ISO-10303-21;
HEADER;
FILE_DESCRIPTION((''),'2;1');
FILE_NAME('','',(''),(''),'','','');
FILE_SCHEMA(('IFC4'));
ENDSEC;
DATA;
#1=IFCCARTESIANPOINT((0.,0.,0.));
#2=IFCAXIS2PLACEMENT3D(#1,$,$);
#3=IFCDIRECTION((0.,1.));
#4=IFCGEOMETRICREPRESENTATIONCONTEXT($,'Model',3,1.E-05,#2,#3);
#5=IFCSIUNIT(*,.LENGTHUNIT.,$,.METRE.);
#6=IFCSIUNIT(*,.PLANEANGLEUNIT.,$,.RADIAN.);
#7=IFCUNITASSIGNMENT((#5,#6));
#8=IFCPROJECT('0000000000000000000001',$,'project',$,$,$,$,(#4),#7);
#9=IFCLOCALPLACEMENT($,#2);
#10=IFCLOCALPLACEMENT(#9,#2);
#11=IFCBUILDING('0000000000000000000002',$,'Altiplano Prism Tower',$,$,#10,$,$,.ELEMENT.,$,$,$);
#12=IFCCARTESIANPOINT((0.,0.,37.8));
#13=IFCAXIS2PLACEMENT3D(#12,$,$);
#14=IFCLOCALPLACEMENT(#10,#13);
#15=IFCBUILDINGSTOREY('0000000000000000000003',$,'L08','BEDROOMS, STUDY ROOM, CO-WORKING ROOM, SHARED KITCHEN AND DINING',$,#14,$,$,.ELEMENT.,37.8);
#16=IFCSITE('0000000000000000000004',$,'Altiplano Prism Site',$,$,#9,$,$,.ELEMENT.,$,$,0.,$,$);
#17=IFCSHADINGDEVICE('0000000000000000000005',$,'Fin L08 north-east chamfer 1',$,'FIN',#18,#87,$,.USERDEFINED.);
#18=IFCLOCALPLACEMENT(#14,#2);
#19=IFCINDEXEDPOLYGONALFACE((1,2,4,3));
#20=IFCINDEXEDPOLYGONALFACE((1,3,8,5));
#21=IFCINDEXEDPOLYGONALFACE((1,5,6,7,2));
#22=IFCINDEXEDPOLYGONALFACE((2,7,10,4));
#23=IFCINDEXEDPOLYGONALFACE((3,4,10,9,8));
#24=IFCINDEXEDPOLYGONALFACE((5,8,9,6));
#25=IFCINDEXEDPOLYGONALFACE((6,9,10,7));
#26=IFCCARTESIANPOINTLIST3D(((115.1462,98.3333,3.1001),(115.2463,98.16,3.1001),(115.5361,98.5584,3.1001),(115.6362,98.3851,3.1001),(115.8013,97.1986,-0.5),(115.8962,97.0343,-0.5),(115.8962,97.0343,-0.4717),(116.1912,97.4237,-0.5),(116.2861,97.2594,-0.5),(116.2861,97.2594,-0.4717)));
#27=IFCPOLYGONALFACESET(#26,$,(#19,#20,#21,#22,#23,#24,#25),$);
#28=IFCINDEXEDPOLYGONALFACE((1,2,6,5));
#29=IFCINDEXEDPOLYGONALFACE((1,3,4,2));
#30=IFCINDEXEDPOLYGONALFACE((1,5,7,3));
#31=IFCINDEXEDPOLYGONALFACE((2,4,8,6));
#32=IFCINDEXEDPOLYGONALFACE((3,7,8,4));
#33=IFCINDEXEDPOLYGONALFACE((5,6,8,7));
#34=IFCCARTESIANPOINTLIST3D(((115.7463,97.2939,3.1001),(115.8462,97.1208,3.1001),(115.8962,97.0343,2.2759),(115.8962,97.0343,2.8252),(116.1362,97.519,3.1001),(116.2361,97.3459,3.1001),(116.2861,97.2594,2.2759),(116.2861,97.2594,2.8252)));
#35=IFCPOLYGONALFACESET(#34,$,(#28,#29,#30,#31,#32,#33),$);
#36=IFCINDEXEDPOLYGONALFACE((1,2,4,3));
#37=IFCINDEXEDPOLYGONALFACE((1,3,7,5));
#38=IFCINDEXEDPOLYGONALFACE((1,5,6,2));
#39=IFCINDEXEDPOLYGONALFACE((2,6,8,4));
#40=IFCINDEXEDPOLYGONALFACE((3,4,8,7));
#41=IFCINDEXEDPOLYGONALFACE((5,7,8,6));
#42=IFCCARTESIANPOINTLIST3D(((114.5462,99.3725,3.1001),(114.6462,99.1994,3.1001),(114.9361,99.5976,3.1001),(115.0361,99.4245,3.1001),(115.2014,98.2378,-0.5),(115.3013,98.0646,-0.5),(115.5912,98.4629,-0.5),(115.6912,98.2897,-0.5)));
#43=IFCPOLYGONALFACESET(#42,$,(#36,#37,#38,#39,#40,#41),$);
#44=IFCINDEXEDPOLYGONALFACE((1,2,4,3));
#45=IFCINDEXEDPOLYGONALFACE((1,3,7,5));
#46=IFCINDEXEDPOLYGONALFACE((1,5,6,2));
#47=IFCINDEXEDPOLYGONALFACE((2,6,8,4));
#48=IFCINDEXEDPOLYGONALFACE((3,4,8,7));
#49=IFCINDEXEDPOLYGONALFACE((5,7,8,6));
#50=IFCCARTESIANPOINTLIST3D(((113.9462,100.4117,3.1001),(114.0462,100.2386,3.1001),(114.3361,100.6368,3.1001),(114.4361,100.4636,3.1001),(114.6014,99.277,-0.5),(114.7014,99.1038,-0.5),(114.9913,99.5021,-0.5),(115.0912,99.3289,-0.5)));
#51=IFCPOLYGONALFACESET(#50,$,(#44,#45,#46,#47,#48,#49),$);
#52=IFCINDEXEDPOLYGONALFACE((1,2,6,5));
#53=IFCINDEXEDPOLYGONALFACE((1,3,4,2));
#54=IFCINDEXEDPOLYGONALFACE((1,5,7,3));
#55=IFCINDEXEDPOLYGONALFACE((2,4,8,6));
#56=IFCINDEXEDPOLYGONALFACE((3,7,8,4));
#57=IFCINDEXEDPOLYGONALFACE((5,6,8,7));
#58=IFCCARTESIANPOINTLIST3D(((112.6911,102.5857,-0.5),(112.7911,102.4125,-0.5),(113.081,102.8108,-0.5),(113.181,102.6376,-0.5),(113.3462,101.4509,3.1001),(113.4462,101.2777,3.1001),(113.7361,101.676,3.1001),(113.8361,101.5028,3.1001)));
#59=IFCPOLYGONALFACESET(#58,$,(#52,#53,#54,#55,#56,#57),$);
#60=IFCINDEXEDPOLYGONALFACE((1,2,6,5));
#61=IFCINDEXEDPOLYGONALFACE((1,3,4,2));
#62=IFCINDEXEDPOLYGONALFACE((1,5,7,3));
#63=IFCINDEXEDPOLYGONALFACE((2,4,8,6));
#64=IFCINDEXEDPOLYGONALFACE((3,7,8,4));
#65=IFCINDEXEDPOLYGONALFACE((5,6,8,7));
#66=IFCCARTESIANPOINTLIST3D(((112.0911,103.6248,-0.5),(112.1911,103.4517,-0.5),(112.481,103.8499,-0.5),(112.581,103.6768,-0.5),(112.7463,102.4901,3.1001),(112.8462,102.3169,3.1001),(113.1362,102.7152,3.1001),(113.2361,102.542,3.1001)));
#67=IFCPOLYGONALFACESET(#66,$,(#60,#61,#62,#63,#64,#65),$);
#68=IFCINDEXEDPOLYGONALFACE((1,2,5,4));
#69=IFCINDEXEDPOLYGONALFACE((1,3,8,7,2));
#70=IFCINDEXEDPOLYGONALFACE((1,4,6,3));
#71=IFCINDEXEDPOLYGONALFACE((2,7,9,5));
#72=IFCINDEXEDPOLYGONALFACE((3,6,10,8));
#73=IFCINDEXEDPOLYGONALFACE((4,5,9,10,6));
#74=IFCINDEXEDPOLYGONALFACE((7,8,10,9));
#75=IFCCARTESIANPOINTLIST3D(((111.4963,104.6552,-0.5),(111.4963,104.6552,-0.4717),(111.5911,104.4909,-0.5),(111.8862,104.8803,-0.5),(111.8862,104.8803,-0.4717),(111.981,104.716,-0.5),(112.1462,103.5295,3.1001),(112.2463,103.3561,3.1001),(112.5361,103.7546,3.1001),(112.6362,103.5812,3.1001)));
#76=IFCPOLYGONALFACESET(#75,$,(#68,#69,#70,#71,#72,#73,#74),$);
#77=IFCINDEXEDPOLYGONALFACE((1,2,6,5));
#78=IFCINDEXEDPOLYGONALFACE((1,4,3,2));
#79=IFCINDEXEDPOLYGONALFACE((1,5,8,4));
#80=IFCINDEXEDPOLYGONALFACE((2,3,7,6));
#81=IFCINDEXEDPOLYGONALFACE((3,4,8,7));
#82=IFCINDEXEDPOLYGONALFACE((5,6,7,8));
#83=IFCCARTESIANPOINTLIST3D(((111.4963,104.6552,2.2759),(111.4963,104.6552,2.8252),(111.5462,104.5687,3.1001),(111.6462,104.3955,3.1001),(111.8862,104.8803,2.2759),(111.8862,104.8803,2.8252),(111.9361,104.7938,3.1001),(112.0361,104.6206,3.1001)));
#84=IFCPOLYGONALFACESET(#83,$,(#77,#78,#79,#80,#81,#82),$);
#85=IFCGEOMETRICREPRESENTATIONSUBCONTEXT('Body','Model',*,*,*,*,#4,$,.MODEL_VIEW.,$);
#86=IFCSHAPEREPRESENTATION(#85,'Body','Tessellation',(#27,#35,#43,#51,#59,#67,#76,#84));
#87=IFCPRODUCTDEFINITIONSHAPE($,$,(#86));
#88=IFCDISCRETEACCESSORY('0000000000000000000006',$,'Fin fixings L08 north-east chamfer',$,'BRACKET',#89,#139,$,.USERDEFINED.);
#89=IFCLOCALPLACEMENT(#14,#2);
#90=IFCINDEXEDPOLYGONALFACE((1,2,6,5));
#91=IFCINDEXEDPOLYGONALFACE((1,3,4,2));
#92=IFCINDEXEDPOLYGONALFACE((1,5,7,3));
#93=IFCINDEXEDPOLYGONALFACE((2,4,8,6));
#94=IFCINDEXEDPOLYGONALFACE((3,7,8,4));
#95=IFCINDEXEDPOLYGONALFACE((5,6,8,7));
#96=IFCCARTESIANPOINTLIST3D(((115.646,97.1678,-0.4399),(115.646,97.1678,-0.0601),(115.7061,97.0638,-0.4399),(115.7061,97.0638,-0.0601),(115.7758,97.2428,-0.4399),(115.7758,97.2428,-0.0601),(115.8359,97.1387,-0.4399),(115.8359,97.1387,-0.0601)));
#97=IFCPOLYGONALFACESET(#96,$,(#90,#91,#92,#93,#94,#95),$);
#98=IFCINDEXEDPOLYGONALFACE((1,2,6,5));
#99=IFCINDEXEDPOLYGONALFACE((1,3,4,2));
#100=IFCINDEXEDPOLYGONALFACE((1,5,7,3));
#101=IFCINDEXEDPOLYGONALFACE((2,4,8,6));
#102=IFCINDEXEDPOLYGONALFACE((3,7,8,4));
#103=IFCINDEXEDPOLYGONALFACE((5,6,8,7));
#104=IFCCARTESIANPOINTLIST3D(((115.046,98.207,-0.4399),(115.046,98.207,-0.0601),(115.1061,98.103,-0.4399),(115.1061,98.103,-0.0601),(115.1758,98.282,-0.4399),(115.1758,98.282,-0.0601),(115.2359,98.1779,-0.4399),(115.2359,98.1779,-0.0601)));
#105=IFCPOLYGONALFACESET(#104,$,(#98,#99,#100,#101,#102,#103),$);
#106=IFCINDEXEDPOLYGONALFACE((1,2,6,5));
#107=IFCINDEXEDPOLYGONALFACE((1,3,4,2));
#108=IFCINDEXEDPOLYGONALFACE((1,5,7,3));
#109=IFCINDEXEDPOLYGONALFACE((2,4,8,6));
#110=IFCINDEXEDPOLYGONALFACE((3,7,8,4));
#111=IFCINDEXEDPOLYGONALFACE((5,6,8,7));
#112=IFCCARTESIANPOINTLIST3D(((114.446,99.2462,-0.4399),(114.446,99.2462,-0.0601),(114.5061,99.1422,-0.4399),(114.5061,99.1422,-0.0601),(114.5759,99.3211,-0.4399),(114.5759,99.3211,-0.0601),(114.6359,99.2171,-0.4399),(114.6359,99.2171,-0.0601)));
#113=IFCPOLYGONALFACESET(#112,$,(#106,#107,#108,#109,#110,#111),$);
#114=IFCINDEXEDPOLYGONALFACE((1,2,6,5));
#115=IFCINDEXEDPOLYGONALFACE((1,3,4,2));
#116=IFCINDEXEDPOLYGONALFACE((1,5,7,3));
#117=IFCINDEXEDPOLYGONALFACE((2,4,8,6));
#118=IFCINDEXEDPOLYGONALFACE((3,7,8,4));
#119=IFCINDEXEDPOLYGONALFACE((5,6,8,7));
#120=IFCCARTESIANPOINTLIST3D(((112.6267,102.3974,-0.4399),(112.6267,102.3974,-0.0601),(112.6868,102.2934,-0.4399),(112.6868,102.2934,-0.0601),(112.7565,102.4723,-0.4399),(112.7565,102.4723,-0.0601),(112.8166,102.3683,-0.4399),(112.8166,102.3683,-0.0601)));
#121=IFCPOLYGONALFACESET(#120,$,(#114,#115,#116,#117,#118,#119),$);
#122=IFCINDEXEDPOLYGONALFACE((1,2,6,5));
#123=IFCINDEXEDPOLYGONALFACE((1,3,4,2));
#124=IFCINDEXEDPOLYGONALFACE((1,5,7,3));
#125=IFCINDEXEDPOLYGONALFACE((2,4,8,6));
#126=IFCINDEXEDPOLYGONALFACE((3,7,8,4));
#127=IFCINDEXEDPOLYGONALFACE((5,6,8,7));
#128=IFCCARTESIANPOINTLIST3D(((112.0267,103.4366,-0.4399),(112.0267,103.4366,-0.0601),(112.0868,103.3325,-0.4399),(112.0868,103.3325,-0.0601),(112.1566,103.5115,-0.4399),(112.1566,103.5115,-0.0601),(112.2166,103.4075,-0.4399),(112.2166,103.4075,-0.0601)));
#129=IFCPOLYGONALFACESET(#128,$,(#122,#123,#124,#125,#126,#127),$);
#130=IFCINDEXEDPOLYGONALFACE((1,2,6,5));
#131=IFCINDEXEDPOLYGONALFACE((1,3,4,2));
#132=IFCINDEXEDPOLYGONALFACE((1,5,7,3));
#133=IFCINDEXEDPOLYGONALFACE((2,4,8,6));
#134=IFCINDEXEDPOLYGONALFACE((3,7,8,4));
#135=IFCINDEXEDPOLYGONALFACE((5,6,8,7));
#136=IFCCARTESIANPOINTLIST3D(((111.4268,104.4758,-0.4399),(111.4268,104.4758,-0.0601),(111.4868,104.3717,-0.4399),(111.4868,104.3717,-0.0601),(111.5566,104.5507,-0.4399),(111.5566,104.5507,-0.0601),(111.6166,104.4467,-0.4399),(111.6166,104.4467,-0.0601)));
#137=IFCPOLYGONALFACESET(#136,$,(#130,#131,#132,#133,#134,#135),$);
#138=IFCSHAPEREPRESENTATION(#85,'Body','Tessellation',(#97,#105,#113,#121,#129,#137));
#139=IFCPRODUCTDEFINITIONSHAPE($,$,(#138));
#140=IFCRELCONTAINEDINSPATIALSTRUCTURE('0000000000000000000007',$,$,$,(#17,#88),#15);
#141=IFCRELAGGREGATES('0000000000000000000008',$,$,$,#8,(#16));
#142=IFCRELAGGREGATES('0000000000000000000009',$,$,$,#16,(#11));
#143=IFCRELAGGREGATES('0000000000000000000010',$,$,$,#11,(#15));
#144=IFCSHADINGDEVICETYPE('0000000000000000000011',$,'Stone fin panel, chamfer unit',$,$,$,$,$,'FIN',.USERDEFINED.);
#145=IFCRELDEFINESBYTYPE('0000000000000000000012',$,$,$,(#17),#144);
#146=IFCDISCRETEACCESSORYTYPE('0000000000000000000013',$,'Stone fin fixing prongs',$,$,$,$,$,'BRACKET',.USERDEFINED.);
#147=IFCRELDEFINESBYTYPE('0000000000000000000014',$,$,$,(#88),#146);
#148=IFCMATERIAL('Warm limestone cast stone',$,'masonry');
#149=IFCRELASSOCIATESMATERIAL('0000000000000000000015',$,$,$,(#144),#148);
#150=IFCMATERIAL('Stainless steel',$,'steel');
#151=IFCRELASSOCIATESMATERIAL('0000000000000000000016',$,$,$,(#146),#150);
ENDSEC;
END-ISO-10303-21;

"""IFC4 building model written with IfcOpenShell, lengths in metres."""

from ifc_helpers import new_model, si_unit, direction, frame, origin, place, context, subcontext, project, spatial, polyline, outline, extrude, source, transform, mapped, material, type_object, element, save


model = new_model("IFC4")

# Units and contexts
model_context = context("Model", 3, precision=1e-05, world=origin(), true_north=direction((0.0, 1.0)))
body_context = subcontext(model_context, "Body", "Model", "MODEL_VIEW")
ifc_project = project(units=[si_unit("LENGTHUNIT", "METRE"), si_unit("PLANEANGLEUNIT", "RADIAN")], contexts=[model_context])

# Site, building, storey
site_placement = place(None, origin())
site = spatial("IfcSite", under=ifc_project, at=site_placement, Name="Altiplano Prism Site", CompositionType="ELEMENT", RefElevation=0.0)
building_placement = place(site_placement, origin())
building = spatial("IfcBuilding", under=site, at=building_placement, Name="Altiplano Prism Tower", CompositionType="ELEMENT")
storey_placement = place(building_placement, frame((0.0, 0.0, 37.8)))
storey = spatial("IfcBuildingStorey", under=building, at=storey_placement, Name="L08", Description="BEDROOMS, STUDY ROOM, CO-WORKING ROOM, SHARED KITCHEN AND DINING", CompositionType="ELEMENT", Elevation=37.8)

# Shading device
ifc_material_1 = material(Name="Warm limestone cast stone", Category="masonry")
shading_device_type_1 = type_object("IfcShadingDeviceType", Name="Stone fin panel, chamfer unit", ElementType="FIN", PredefinedType="USERDEFINED", material=ifc_material_1)
shared_shape_1 = source(origin(), body_context, "Body", "SweptSolid", [
    extrude(outline(polyline([(-4.3999, 0.0), (-4.2102, 0.0), (-2.8999, 3.6001), (-3.1001, 3.6001), (-4.3999, 0.0283), (-4.3999, 0.0)])), frame((0.0, -0.1499, 0.0), z_axis=(0.0, -1.0, 0.0), x_axis=(1.0, 0.0, 0.0)), (0.0, 0.0, 1.0), 0.4502),
    extrude(outline(polyline([(-4.3999, 2.7759), (-4.1001, 3.6001), (-4.3, 3.6001), (-4.3999, 3.3252), (-4.3999, 2.7759)])), frame((0.0, -0.1499, 0.0), z_axis=(0.0, -1.0, 0.0), x_axis=(1.0, 0.0, 0.0)), (0.0, 0.0, 1.0), 0.4502),
    extrude(outline(polyline([(-3.2102, 0.0), (-3.0103, 0.0), (-1.7, 3.6001), (-1.8999, 3.6001), (-3.2102, 0.0)])), frame((0.0, -0.1499, 0.0), z_axis=(0.0, -1.0, 0.0), x_axis=(1.0, 0.0, 0.0)), (0.0, 0.0, 1.0), 0.4502),
    extrude(outline(polyline([(-2.0103, 0.0), (-1.8103, 0.0), (-0.5, 3.6001), (-0.7, 3.6001), (-2.0103, 0.0)])), frame((0.0, -0.1499, 0.0), z_axis=(0.0, -1.0, 0.0), x_axis=(1.0, 0.0, 0.0)), (0.0, 0.0, 1.0), 0.4502),
    extrude(outline(polyline([(1.8103, 0.0), (2.0103, 0.0), (0.7, 3.6001), (0.5, 3.6001), (1.8103, 0.0)])), frame((0.0, -0.1499, 0.0), z_axis=(0.0, -1.0, 0.0), x_axis=(1.0, 0.0, 0.0)), (0.0, 0.0, 1.0), 0.4502),
    extrude(outline(polyline([(3.0103, 0.0), (3.2102, 0.0), (1.8999, 3.6001), (1.7, 3.6001), (3.0103, 0.0)])), frame((0.0, -0.1499, 0.0), z_axis=(0.0, -1.0, 0.0), x_axis=(1.0, 0.0, 0.0)), (0.0, 0.0, 1.0), 0.4502),
    extrude(outline(polyline([(4.2102, 0.0), (4.3999, 0.0), (4.3999, 0.0283), (3.1001, 3.6001), (2.8999, 3.6001), (4.2102, 0.0)])), frame((0.0, -0.1499, 0.0), z_axis=(0.0, -1.0, 0.0), x_axis=(1.0, 0.0, 0.0)), (0.0, 0.0, 1.0), 0.4502),
    extrude(outline(polyline([(4.3999, 3.3252), (4.3, 3.6001), (4.1001, 3.6001), (4.3999, 2.7759), (4.3999, 3.3252)])), frame((0.0, -0.1499, 0.0), z_axis=(0.0, -1.0, 0.0), x_axis=(1.0, 0.0, 0.0)), (0.0, 0.0, 1.0), 0.4502),
])
shading_device_1_placement = place(storey_placement, origin())
element("IfcShadingDevice", 1, at=shading_device_1_placement, inside=storey, type_object=shading_device_type_1, Name="Fin L08 north-east chamfer 1", ObjectType="FIN", PredefinedType="USERDEFINED", context=body_context, shape_type="MappedRepresentation", body=[
    mapped(shared_shape_1, transform((113.5664, 100.7698, -0.5), x_axis=(-0.5, 0.866025, 0.0), y_axis=(-0.866025, -0.5, 0.0), z_axis=(0.0, 0.0, 1.0))),
])

# Discrete accessory
ifc_material_2 = material(Name="Stainless steel", Category="steel")
discrete_accessory_type = type_object("IfcDiscreteAccessoryType", Name="Stone fin fixing prongs", ElementType="BRACKET", PredefinedType="USERDEFINED", material=ifc_material_2)
shared_shape_2 = source(origin(), body_context, "Body", "SweptSolid", [
    extrude(outline(polyline([(-4.2793, 0.0601), (-4.1592, 0.0601), (-4.1592, 0.4399), (-4.2793, 0.4399), (-4.2793, 0.0601)])), frame((0.0, 0.0, 0.0), z_axis=(0.0, -1.0, 0.0), x_axis=(1.0, 0.0, 0.0)), (0.0, 0.0, 1.0), 0.1499),
    extrude(outline(polyline([(-3.0793, 0.0601), (-2.9592, 0.0601), (-2.9592, 0.4399), (-3.0793, 0.4399), (-3.0793, 0.0601)])), frame((0.0, 0.0, 0.0), z_axis=(0.0, -1.0, 0.0), x_axis=(1.0, 0.0, 0.0)), (0.0, 0.0, 1.0), 0.1499),
    extrude(outline(polyline([(-1.8794, 0.0601), (-1.7593, 0.0601), (-1.7593, 0.4399), (-1.8794, 0.4399), (-1.8794, 0.0601)])), frame((0.0, 0.0, 0.0), z_axis=(0.0, -1.0, 0.0), x_axis=(1.0, 0.0, 0.0)), (0.0, 0.0, 1.0), 0.1499),
    extrude(outline(polyline([(1.7593, 0.0601), (1.8794, 0.0601), (1.8794, 0.4399), (1.7593, 0.4399), (1.7593, 0.0601)])), frame((0.0, 0.0, 0.0), z_axis=(0.0, -1.0, 0.0), x_axis=(1.0, 0.0, 0.0)), (0.0, 0.0, 1.0), 0.1499),
    extrude(outline(polyline([(2.9592, 0.0601), (3.0793, 0.0601), (3.0793, 0.4399), (2.9592, 0.4399), (2.9592, 0.0601)])), frame((0.0, 0.0, 0.0), z_axis=(0.0, -1.0, 0.0), x_axis=(1.0, 0.0, 0.0)), (0.0, 0.0, 1.0), 0.1499),
    extrude(outline(polyline([(4.1592, 0.0601), (4.2793, 0.0601), (4.2793, 0.4399), (4.1592, 0.4399), (4.1592, 0.0601)])), frame((0.0, 0.0, 0.0), z_axis=(0.0, -1.0, 0.0), x_axis=(1.0, 0.0, 0.0)), (0.0, 0.0, 1.0), 0.1499),
])
discrete_accessory_1_placement = place(storey_placement, origin())
element("IfcDiscreteAccessory", 2, at=discrete_accessory_1_placement, inside=storey, type_object=discrete_accessory_type, Name="Fin fixings L08 north-east chamfer", ObjectType="BRACKET", PredefinedType="USERDEFINED", context=body_context, shape_type="MappedRepresentation", body=[
    mapped(shared_shape_2, transform((113.5664, 100.7698, -0.5), x_axis=(-0.5, 0.866025, 0.0), y_axis=(-0.866025, -0.5, 0.0), z_axis=(0.0, 0.0, 1.0))),
])

save(model, "model.ifc")
